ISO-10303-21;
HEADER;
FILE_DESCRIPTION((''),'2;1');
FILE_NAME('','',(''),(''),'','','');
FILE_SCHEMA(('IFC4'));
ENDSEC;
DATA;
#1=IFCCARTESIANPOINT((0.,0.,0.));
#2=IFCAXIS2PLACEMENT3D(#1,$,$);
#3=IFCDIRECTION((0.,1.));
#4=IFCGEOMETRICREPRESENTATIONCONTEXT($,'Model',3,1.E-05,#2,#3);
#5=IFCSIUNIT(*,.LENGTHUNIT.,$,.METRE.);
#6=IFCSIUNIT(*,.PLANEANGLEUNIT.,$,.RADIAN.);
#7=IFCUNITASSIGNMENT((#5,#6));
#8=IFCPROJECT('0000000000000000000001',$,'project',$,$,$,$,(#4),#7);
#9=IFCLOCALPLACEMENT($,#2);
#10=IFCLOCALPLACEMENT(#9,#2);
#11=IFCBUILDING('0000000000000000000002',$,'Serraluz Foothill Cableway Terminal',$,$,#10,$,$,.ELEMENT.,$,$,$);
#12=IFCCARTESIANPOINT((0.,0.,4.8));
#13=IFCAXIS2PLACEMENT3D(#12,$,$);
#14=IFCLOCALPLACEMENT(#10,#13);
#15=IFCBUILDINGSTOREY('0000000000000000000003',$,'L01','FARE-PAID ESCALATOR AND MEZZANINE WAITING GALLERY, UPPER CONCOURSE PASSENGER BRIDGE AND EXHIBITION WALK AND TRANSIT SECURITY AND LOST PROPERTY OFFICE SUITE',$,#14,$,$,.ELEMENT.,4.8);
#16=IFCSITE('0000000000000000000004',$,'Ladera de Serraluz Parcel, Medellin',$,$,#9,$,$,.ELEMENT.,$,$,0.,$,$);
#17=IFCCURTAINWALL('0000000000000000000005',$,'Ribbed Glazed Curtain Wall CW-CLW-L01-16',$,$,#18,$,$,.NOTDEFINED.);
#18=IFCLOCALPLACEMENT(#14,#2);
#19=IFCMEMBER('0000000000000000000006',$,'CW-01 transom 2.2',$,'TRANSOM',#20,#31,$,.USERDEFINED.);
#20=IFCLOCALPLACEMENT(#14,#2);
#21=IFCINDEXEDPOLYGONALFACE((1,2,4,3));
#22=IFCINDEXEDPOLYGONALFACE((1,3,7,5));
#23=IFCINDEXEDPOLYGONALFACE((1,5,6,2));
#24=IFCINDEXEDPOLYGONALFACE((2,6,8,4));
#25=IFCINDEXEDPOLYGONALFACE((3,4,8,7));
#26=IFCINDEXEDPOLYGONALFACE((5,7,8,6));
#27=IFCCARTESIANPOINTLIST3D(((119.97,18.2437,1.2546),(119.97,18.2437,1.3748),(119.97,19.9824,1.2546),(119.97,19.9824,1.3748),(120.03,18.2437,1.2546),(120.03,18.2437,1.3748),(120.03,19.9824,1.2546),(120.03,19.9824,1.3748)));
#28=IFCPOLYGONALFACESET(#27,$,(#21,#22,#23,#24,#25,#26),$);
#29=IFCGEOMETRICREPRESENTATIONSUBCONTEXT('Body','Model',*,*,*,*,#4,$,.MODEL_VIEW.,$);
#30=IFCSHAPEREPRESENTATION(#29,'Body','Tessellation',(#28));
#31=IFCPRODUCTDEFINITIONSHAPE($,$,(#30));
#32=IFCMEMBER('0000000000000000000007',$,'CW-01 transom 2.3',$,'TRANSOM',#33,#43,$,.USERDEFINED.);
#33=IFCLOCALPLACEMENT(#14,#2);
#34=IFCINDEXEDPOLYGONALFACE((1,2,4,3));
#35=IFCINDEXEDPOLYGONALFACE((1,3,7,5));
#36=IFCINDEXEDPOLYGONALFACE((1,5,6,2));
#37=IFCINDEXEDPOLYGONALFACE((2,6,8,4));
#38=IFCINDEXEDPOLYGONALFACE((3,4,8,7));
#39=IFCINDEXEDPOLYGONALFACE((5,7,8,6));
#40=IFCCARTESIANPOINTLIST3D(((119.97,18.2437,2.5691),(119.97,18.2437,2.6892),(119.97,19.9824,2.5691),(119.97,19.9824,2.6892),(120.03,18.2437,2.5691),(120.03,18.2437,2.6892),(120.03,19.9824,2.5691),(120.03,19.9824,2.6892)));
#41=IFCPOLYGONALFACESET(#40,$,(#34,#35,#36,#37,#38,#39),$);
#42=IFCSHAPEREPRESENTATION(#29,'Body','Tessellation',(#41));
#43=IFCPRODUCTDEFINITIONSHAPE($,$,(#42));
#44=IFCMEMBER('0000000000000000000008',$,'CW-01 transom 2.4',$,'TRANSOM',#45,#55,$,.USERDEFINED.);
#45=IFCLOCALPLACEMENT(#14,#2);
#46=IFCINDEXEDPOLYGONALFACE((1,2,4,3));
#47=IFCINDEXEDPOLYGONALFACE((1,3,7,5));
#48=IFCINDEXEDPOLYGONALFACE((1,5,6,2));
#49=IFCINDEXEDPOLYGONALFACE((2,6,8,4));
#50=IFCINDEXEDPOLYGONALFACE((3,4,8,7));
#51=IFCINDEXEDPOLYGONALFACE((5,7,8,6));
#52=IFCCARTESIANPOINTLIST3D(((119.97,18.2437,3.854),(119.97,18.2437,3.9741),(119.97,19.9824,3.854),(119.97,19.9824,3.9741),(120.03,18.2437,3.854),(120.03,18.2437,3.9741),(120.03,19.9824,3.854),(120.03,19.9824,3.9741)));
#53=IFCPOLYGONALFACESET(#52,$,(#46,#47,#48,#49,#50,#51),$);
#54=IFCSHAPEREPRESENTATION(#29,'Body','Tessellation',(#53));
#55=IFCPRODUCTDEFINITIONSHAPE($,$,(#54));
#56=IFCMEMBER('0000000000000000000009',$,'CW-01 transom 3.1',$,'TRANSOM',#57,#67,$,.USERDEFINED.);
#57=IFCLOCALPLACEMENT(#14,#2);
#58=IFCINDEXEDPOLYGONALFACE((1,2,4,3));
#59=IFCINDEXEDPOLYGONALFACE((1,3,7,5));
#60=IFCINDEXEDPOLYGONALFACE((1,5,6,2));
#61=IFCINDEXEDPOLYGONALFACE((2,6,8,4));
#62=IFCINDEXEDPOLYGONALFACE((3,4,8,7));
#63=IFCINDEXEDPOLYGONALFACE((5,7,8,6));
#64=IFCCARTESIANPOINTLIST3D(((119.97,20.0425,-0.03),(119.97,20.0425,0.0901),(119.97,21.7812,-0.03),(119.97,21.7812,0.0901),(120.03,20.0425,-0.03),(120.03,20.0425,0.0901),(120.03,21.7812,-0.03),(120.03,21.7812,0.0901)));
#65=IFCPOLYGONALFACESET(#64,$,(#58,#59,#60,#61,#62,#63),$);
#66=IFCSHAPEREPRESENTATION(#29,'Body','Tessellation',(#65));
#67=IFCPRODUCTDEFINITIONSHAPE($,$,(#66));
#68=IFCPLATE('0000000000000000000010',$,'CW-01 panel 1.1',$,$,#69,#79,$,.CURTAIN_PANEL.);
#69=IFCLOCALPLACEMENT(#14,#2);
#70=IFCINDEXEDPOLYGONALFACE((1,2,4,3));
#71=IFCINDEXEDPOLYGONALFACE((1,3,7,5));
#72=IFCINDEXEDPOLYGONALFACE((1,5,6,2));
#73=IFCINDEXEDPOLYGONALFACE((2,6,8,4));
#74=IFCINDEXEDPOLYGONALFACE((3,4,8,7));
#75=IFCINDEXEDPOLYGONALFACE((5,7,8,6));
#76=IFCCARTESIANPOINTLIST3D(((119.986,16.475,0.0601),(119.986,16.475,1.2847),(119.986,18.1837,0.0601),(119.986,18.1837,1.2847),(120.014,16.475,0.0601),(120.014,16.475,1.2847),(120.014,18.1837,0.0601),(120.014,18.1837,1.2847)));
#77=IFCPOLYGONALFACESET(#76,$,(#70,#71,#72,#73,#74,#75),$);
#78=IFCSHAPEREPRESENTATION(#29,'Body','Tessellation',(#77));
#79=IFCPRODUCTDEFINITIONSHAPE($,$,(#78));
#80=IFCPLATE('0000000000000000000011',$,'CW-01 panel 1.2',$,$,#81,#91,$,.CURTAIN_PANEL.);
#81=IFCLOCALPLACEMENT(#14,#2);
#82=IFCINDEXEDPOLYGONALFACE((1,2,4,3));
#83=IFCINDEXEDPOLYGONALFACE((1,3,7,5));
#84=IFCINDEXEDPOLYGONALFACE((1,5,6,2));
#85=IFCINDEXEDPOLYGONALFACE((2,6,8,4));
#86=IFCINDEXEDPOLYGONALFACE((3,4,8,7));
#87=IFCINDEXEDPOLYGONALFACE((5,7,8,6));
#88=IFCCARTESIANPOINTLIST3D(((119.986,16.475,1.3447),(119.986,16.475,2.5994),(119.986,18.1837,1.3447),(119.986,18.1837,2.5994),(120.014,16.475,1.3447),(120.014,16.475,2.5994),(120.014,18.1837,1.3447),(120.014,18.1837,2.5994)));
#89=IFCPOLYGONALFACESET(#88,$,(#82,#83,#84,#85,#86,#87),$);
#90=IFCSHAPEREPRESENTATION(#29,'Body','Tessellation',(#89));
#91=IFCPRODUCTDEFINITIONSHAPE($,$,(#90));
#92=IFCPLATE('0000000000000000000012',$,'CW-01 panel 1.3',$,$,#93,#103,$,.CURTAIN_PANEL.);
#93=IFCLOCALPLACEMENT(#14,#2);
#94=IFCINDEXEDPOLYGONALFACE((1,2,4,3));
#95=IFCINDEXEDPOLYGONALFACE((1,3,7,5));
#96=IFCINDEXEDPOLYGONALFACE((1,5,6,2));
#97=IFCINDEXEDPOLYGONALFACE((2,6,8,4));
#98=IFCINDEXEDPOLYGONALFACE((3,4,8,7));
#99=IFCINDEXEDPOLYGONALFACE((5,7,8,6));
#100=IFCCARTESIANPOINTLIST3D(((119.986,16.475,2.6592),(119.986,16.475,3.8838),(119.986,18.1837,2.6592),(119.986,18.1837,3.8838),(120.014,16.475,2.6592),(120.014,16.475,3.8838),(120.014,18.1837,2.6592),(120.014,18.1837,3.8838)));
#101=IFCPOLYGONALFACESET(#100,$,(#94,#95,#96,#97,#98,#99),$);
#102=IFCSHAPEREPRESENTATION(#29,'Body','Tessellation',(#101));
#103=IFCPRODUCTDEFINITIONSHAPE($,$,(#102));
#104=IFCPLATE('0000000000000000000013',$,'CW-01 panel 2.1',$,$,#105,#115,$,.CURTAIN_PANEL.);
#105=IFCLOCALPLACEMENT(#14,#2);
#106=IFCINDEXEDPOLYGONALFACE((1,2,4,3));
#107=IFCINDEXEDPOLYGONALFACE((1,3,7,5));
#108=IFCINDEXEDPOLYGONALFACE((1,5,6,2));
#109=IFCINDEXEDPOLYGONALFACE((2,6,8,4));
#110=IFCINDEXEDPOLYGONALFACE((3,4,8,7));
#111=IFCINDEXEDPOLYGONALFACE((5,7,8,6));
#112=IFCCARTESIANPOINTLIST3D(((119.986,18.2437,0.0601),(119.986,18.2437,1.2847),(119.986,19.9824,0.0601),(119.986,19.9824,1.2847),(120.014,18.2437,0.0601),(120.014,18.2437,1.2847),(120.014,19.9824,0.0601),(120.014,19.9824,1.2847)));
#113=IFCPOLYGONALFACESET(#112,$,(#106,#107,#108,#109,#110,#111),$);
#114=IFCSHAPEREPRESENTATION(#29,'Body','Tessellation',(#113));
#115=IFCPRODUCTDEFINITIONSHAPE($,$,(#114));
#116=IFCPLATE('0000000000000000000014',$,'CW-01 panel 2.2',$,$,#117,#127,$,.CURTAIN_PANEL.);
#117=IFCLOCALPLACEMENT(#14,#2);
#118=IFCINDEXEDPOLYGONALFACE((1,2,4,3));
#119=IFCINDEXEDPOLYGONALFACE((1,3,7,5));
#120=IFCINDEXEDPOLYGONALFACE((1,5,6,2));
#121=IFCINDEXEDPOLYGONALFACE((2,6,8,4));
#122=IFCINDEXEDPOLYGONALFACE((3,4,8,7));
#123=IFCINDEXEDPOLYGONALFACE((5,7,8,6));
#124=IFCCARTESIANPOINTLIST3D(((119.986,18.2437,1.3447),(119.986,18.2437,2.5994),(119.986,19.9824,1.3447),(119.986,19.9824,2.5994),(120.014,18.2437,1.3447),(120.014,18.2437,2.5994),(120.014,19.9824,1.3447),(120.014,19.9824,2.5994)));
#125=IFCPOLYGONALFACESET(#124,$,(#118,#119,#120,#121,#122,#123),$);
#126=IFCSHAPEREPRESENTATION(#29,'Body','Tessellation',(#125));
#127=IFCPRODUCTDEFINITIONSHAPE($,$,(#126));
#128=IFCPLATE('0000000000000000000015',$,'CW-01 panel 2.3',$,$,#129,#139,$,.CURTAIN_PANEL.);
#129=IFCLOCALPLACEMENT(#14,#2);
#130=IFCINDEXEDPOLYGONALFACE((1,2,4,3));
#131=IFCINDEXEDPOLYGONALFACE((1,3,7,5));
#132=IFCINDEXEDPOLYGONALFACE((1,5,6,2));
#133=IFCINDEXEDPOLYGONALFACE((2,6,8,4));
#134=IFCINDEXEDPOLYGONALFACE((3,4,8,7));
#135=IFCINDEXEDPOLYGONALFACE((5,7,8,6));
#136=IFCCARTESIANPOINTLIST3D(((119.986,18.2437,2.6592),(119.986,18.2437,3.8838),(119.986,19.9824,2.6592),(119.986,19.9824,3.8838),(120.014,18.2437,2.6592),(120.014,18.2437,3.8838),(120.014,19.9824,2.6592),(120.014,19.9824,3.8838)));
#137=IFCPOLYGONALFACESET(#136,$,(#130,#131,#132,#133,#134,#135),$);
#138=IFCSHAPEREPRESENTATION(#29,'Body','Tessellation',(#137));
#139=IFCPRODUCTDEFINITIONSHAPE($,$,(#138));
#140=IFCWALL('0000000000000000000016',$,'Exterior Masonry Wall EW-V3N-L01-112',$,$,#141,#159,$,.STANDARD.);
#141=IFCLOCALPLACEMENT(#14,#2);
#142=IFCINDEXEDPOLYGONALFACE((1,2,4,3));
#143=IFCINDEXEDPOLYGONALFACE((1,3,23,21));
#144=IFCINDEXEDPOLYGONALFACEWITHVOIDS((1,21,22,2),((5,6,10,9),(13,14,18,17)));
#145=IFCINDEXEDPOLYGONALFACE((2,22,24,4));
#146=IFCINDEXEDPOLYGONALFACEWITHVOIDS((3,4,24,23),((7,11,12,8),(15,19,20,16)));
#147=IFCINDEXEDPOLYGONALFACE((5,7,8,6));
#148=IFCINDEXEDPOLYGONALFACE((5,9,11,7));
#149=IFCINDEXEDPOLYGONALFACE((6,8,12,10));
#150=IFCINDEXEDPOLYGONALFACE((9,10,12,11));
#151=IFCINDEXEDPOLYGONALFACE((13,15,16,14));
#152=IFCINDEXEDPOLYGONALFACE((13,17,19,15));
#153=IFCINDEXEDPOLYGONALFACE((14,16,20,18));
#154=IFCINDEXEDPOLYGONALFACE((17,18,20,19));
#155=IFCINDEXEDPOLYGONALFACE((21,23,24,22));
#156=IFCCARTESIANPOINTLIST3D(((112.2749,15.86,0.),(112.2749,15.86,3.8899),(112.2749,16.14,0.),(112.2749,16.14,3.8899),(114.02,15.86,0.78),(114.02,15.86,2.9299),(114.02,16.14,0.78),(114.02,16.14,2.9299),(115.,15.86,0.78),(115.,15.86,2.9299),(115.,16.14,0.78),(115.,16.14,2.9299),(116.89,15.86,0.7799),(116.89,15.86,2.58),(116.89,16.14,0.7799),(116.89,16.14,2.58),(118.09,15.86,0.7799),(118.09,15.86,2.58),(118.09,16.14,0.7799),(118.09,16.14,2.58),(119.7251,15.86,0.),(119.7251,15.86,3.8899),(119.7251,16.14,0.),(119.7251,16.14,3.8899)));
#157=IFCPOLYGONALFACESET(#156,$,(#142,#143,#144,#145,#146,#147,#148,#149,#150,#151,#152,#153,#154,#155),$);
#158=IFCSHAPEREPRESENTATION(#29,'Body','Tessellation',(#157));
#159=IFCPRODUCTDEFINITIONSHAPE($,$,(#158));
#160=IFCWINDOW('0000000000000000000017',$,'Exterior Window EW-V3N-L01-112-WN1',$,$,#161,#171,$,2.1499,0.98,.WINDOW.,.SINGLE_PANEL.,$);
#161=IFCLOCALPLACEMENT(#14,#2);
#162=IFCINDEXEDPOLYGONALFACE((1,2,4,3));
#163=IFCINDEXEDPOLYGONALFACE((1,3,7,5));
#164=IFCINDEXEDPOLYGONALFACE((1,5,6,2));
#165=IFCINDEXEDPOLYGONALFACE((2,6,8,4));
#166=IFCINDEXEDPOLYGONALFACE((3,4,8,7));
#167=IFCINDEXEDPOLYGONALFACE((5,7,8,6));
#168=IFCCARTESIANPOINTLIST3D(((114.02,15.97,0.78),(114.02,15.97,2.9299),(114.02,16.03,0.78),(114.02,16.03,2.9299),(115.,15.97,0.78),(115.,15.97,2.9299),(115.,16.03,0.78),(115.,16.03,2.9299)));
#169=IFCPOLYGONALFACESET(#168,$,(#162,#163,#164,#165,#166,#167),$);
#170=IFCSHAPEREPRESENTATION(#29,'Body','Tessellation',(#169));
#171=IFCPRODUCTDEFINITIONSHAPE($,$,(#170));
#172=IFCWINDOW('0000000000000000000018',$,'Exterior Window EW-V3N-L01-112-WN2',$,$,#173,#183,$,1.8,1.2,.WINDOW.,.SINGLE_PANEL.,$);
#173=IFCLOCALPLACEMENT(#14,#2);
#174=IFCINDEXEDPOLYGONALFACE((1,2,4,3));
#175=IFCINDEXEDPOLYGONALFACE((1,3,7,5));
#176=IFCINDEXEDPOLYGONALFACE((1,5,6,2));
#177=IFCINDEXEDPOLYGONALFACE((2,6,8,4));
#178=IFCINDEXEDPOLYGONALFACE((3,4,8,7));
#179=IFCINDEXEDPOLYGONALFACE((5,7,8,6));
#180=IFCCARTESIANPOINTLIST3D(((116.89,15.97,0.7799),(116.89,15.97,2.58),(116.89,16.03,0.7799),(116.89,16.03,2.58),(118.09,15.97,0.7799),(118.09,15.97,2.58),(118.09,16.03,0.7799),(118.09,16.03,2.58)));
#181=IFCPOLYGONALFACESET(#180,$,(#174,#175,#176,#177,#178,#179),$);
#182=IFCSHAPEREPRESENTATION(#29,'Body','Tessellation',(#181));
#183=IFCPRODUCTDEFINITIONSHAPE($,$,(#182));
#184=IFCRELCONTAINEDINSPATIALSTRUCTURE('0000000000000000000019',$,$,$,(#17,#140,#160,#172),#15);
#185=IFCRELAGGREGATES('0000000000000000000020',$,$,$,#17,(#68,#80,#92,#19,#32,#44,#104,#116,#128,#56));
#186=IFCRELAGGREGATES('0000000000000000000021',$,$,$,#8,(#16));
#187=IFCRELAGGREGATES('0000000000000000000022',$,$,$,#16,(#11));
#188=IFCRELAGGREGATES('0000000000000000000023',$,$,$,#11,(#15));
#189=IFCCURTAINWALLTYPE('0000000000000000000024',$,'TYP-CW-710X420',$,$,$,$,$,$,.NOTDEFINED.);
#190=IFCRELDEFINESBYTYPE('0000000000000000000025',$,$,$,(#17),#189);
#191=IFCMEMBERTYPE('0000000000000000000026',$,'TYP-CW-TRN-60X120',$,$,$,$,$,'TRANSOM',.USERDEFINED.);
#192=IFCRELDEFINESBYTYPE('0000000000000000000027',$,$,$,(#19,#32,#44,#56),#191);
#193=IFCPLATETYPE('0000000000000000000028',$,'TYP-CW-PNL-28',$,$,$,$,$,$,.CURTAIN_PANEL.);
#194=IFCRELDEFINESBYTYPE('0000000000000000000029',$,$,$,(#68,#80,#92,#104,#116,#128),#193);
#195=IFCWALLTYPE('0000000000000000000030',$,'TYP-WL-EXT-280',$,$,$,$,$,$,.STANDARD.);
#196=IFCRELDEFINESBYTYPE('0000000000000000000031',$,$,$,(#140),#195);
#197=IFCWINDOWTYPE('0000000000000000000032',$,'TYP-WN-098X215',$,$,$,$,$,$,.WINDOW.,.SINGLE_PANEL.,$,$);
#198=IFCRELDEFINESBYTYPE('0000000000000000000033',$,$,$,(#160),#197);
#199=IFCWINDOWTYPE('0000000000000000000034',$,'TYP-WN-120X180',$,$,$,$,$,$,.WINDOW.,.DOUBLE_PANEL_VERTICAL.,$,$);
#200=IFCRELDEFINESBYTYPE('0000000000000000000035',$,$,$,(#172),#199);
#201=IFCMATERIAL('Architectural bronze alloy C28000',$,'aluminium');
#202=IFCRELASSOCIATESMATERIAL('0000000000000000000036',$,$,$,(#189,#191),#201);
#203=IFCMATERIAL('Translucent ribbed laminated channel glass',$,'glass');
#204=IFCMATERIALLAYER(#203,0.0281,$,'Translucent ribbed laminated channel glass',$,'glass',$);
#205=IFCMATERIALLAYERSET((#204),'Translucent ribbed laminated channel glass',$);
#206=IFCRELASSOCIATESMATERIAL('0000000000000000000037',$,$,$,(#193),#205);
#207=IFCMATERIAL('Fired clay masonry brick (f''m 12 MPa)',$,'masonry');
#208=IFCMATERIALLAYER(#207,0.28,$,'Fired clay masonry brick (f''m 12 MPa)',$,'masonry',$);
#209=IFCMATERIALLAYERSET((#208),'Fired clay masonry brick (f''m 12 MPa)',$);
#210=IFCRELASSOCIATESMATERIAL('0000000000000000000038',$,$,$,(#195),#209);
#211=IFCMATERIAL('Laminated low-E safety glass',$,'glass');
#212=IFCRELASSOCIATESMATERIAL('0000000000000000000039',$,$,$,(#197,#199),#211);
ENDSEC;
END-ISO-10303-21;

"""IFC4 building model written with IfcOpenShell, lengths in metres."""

from ifc_helpers import new_model, si_unit, direction, frame, frame_2d, origin, origin_2d, place, context, subcontext, project, spatial, rectangle, extrude, material, layer, layer_set, material_profile, profile_set, type_object, element, fill, aggregate, save


model = new_model("IFC4")

# Units and contexts
model_context = context("Model", 3, precision=1e-05, world=origin(), true_north=direction((0.0, 1.0)))
body_context = subcontext(model_context, "Body", "Model", "MODEL_VIEW")
ifc_project = project(units=[si_unit("LENGTHUNIT", "METRE"), si_unit("PLANEANGLEUNIT", "RADIAN")], contexts=[model_context])

# Site, building, storey
site_placement = place(None, origin())
site = spatial("IfcSite", under=ifc_project, at=site_placement, Name="Ladera de Serraluz Parcel, Medellin", CompositionType="ELEMENT", RefElevation=0.0)
building_placement = place(site_placement, origin())
building = spatial("IfcBuilding", under=site, at=building_placement, Name="Serraluz Foothill Cableway Terminal", CompositionType="ELEMENT")
storey_placement = place(building_placement, frame((0.0, 0.0, 4.8)))
storey = spatial("IfcBuildingStorey", under=building, at=storey_placement, Name="L01", Description="FARE-PAID ESCALATOR AND MEZZANINE WAITING GALLERY, UPPER CONCOURSE PASSENGER BRIDGE AND EXHIBITION WALK AND TRANSIT SECURITY AND LOST PROPERTY OFFICE SUITE", CompositionType="ELEMENT", Elevation=4.8)

# Shared definitions
ifc_material_1 = material(Name="Fired clay masonry brick (f'm 12 MPa)", Category="masonry")

# Curtain wall, members, plates
ifc_material_2 = material(Name="Architectural bronze alloy C28000", Category="aluminium")
curtain_wall_type = type_object("IfcCurtainWallType", Name="TYP-CW-710X420", PredefinedType="NOTDEFINED", material=ifc_material_2)
curtain_wall_placement = place(storey_placement, origin())
curtain_wall = element("IfcCurtainWall", 1, at=curtain_wall_placement, inside=storey, type_object=curtain_wall_type, Name="Ribbed Glazed Curtain Wall CW-CLW-L01-16", PredefinedType="NOTDEFINED")
ifc_material_profile_1 = material_profile(ifc_material_2, rectangle(XDim=0.0601, YDim=0.1201, at=origin_2d()), Name="ALU TRANSOM 60x120")
ifc_profile_set_1 = profile_set([ifc_material_profile_1], Name="Architectural bronze alloy C28000")
member_type_1 = type_object("IfcMemberType", Name="TYP-CW-TRN-60X120", ElementType="TRANSOM", PredefinedType="USERDEFINED", material=ifc_profile_set_1)
member_1_placement = place(storey_placement, frame((120.0, 18.2437, 1.3147), z_axis=(0.0, 1.0, 0.0), x_axis=(-1.0, 0.0, 0.0)))
member_1 = element("IfcMember", 2, at=member_1_placement, type_object=member_type_1, Name="CW-01 transom 2.2", ObjectType="TRANSOM", PredefinedType="USERDEFINED", context=body_context, shape_type="SweptSolid", body=[
    extrude(rectangle(XDim=0.0601, YDim=0.1201, at=origin_2d()), origin(), (0.0, 0.0, 1.0), 1.7388),
])
member_2_placement = place(storey_placement, frame((120.0, 18.2437, 2.6292), z_axis=(0.0, 1.0, 0.0), x_axis=(-1.0, 0.0, 0.0)))
member_2 = element("IfcMember", 3, at=member_2_placement, type_object=member_type_1, Name="CW-01 transom 2.3", ObjectType="TRANSOM", PredefinedType="USERDEFINED", context=body_context, shape_type="SweptSolid", body=[
    extrude(rectangle(XDim=0.0601, YDim=0.1201, at=origin_2d()), origin(), (0.0, 0.0, 1.0), 1.7388),
])
member_3_placement = place(storey_placement, frame((120.0, 18.2437, 3.9141), z_axis=(0.0, 1.0, 0.0), x_axis=(-1.0, 0.0, 0.0)))
member_3 = element("IfcMember", 4, at=member_3_placement, type_object=member_type_1, Name="CW-01 transom 2.4", ObjectType="TRANSOM", PredefinedType="USERDEFINED", context=body_context, shape_type="SweptSolid", body=[
    extrude(rectangle(XDim=0.0601, YDim=0.1201, at=origin_2d()), origin(), (0.0, 0.0, 1.0), 1.7388),
])
member_4_placement = place(storey_placement, frame((120.0, 20.0425, 0.03), z_axis=(0.0, 1.0, 0.0), x_axis=(-1.0, 0.0, 0.0)))
member_4 = element("IfcMember", 5, at=member_4_placement, type_object=member_type_1, Name="CW-01 transom 3.1", ObjectType="TRANSOM", PredefinedType="USERDEFINED", context=body_context, shape_type="SweptSolid", body=[
    extrude(rectangle(XDim=0.0601, YDim=0.1201, at=origin_2d()), origin(), (0.0, 0.0, 1.0), 1.7388),
])
ifc_material_3 = material(Name="Translucent ribbed laminated channel glass", Category="glass")
ifc_layer_1 = layer(ifc_material_3, 0.0281, Name="Translucent ribbed laminated channel glass", Category="glass")
ifc_layer_set_1 = layer_set([ifc_layer_1], Name="Translucent ribbed laminated channel glass")
plate_type = type_object("IfcPlateType", Name="TYP-CW-PNL-28", PredefinedType="CURTAIN_PANEL", material=ifc_layer_set_1)
plate_1_placement = place(storey_placement, frame((120.0, 17.3293, 0.0601), z_axis=(0.0, 0.0, 1.0), x_axis=(0.0, 1.0, 0.0)))
plate_1 = element("IfcPlate", 6, at=plate_1_placement, type_object=plate_type, Name="CW-01 panel 1.1", PredefinedType="CURTAIN_PANEL", context=body_context, shape_type="SweptSolid", body=[
    extrude(rectangle(XDim=1.7087, YDim=0.0281, at=origin_2d()), origin(), (0.0, 0.0, 1.0), 1.2246),
])
plate_2_placement = place(storey_placement, frame((120.0, 17.3293, 1.3447), z_axis=(0.0, 0.0, 1.0), x_axis=(0.0, 1.0, 0.0)))
plate_2 = element("IfcPlate", 7, at=plate_2_placement, type_object=plate_type, Name="CW-01 panel 1.2", PredefinedType="CURTAIN_PANEL", context=body_context, shape_type="SweptSolid", body=[
    extrude(rectangle(XDim=1.7087, YDim=0.0281, at=origin_2d()), origin(), (0.0, 0.0, 1.0), 1.2546),
])
plate_3_placement = place(storey_placement, frame((120.0, 17.3293, 2.6592), z_axis=(0.0, 0.0, 1.0), x_axis=(0.0, 1.0, 0.0)))
plate_3 = element("IfcPlate", 8, at=plate_3_placement, type_object=plate_type, Name="CW-01 panel 1.3", PredefinedType="CURTAIN_PANEL", context=body_context, shape_type="SweptSolid", body=[
    extrude(rectangle(XDim=1.7087, YDim=0.0281, at=origin_2d()), origin(), (0.0, 0.0, 1.0), 1.2246),
])
plate_4_placement = place(storey_placement, frame((120.0, 19.113, 0.0601), z_axis=(0.0, 0.0, 1.0), x_axis=(0.0, 1.0, 0.0)))
plate_4 = element("IfcPlate", 9, at=plate_4_placement, type_object=plate_type, Name="CW-01 panel 2.1", PredefinedType="CURTAIN_PANEL", context=body_context, shape_type="SweptSolid", body=[
    extrude(rectangle(XDim=1.7388, YDim=0.0281, at=origin_2d()), origin(), (0.0, 0.0, 1.0), 1.2246),
])
plate_5_placement = place(storey_placement, frame((120.0, 19.113, 1.3447), z_axis=(0.0, 0.0, 1.0), x_axis=(0.0, 1.0, 0.0)))
plate_5 = element("IfcPlate", 10, at=plate_5_placement, type_object=plate_type, Name="CW-01 panel 2.2", PredefinedType="CURTAIN_PANEL", context=body_context, shape_type="SweptSolid", body=[
    extrude(rectangle(XDim=1.7388, YDim=0.0281, at=origin_2d()), origin(), (0.0, 0.0, 1.0), 1.2546),
])
plate_6_placement = place(storey_placement, frame((120.0, 19.113, 2.6592), z_axis=(0.0, 0.0, 1.0), x_axis=(0.0, 1.0, 0.0)))
plate_6 = element("IfcPlate", 11, at=plate_6_placement, type_object=plate_type, Name="CW-01 panel 2.3", PredefinedType="CURTAIN_PANEL", context=body_context, shape_type="SweptSolid", body=[
    extrude(rectangle(XDim=1.7388, YDim=0.0281, at=origin_2d()), origin(), (0.0, 0.0, 1.0), 1.2246),
])
aggregate(curtain_wall, [plate_1, plate_2, plate_3, member_1, member_2, member_3, plate_4, plate_5, plate_6, member_4])

# Wall, openings, windows
ifc_layer_2 = layer(ifc_material_1, 0.28, Name="Fired clay masonry brick (f'm 12 MPa)", Category="masonry")
ifc_layer_set_2 = layer_set([ifc_layer_2], Name="Fired clay masonry brick (f'm 12 MPa)")
wall_type_1 = type_object("IfcWallType", Name="TYP-WL-EXT-280", PredefinedType="STANDARD", material=ifc_layer_set_2)
wall_1_placement = place(storey_placement, frame((112.2749, 16.0, 0.0), z_axis=(0.0, 0.0, 1.0), x_axis=(1.0, 0.0, 0.0)))
wall_1 = element("IfcWall", 12, at=wall_1_placement, inside=storey, type_object=wall_type_1, Name="Exterior Masonry Wall EW-V3N-L01-112", PredefinedType="STANDARD", context=body_context, shape_type="SweptSolid", body=[
    extrude(rectangle(XDim=7.4502, YDim=0.28, at=frame_2d((3.7251, 0.0))), origin(), (0.0, 0.0, 1.0), 3.8899),
])
opening_1_placement = place(wall_1_placement, frame((1.7451, 0.0, 0.78)))
opening_1 = element("IfcOpeningElement", 13, at=opening_1_placement, cuts=wall_1, PredefinedType="OPENING", context=body_context, shape_type="SweptSolid", body=[
    extrude(rectangle(XDim=0.98, YDim=2.1499, at=frame_2d((0.49, 1.075))), frame((0.0, 0.1499, 0.0), z_axis=(0.0, -1.0, 0.0), x_axis=(1.0, 0.0, 0.0)), (0.0, 0.0, 1.0), 0.3),
])
opening_2_placement = place(wall_1_placement, frame((4.615, 0.0, 0.78)))
opening_2 = element("IfcOpeningElement", 14, at=opening_2_placement, cuts=wall_1, PredefinedType="OPENING", context=body_context, shape_type="SweptSolid", body=[
    extrude(rectangle(XDim=1.2, YDim=1.8, at=frame_2d((0.6001, 0.8999))), frame((0.0, 0.1499, 0.0), z_axis=(0.0, -1.0, 0.0), x_axis=(1.0, 0.0, 0.0)), (0.0, 0.0, 1.0), 0.3),
])
ifc_material_4 = material(Name="Laminated low-E safety glass", Category="glass")
window_type_1 = type_object("IfcWindowType", Name="TYP-WN-098X215", PartitioningType="SINGLE_PANEL", PredefinedType="WINDOW", material=ifc_material_4)
window_1_placement = place(opening_1_placement, origin())
window_1 = element("IfcWindow", 15, at=window_1_placement, inside=storey, type_object=window_type_1, Name="Exterior Window EW-V3N-L01-112-WN1", OverallHeight=2.1499, OverallWidth=0.98, PartitioningType="SINGLE_PANEL", PredefinedType="WINDOW", context=body_context, shape_type="SweptSolid", body=[
    extrude(rectangle(XDim=0.98, YDim=2.1499, at=frame_2d((0.49, 1.075))), frame((0.0, 0.03, 0.0), z_axis=(0.0, -1.0, 0.0), x_axis=(1.0, 0.0, 0.0)), (0.0, 0.0, 1.0), 0.0601),
])
fill(opening_1, window_1)
window_type_2 = type_object("IfcWindowType", Name="TYP-WN-120X180", PartitioningType="DOUBLE_PANEL_VERTICAL", PredefinedType="WINDOW", material=ifc_material_4)
window_2_placement = place(opening_2_placement, origin())
window_2 = element("IfcWindow", 16, at=window_2_placement, inside=storey, type_object=window_type_2, Name="Exterior Window EW-V3N-L01-112-WN2", OverallHeight=1.8, OverallWidth=1.2, PartitioningType="SINGLE_PANEL", PredefinedType="WINDOW", context=body_context, shape_type="SweptSolid", body=[
    extrude(rectangle(XDim=1.2, YDim=1.8, at=frame_2d((0.6001, 0.8999))), frame((0.0, 0.03, 0.0), z_axis=(0.0, -1.0, 0.0), x_axis=(1.0, 0.0, 0.0)), (0.0, 0.0, 1.0), 0.0601),
])
fill(opening_2, window_2)

save(model, "model.ifc")
